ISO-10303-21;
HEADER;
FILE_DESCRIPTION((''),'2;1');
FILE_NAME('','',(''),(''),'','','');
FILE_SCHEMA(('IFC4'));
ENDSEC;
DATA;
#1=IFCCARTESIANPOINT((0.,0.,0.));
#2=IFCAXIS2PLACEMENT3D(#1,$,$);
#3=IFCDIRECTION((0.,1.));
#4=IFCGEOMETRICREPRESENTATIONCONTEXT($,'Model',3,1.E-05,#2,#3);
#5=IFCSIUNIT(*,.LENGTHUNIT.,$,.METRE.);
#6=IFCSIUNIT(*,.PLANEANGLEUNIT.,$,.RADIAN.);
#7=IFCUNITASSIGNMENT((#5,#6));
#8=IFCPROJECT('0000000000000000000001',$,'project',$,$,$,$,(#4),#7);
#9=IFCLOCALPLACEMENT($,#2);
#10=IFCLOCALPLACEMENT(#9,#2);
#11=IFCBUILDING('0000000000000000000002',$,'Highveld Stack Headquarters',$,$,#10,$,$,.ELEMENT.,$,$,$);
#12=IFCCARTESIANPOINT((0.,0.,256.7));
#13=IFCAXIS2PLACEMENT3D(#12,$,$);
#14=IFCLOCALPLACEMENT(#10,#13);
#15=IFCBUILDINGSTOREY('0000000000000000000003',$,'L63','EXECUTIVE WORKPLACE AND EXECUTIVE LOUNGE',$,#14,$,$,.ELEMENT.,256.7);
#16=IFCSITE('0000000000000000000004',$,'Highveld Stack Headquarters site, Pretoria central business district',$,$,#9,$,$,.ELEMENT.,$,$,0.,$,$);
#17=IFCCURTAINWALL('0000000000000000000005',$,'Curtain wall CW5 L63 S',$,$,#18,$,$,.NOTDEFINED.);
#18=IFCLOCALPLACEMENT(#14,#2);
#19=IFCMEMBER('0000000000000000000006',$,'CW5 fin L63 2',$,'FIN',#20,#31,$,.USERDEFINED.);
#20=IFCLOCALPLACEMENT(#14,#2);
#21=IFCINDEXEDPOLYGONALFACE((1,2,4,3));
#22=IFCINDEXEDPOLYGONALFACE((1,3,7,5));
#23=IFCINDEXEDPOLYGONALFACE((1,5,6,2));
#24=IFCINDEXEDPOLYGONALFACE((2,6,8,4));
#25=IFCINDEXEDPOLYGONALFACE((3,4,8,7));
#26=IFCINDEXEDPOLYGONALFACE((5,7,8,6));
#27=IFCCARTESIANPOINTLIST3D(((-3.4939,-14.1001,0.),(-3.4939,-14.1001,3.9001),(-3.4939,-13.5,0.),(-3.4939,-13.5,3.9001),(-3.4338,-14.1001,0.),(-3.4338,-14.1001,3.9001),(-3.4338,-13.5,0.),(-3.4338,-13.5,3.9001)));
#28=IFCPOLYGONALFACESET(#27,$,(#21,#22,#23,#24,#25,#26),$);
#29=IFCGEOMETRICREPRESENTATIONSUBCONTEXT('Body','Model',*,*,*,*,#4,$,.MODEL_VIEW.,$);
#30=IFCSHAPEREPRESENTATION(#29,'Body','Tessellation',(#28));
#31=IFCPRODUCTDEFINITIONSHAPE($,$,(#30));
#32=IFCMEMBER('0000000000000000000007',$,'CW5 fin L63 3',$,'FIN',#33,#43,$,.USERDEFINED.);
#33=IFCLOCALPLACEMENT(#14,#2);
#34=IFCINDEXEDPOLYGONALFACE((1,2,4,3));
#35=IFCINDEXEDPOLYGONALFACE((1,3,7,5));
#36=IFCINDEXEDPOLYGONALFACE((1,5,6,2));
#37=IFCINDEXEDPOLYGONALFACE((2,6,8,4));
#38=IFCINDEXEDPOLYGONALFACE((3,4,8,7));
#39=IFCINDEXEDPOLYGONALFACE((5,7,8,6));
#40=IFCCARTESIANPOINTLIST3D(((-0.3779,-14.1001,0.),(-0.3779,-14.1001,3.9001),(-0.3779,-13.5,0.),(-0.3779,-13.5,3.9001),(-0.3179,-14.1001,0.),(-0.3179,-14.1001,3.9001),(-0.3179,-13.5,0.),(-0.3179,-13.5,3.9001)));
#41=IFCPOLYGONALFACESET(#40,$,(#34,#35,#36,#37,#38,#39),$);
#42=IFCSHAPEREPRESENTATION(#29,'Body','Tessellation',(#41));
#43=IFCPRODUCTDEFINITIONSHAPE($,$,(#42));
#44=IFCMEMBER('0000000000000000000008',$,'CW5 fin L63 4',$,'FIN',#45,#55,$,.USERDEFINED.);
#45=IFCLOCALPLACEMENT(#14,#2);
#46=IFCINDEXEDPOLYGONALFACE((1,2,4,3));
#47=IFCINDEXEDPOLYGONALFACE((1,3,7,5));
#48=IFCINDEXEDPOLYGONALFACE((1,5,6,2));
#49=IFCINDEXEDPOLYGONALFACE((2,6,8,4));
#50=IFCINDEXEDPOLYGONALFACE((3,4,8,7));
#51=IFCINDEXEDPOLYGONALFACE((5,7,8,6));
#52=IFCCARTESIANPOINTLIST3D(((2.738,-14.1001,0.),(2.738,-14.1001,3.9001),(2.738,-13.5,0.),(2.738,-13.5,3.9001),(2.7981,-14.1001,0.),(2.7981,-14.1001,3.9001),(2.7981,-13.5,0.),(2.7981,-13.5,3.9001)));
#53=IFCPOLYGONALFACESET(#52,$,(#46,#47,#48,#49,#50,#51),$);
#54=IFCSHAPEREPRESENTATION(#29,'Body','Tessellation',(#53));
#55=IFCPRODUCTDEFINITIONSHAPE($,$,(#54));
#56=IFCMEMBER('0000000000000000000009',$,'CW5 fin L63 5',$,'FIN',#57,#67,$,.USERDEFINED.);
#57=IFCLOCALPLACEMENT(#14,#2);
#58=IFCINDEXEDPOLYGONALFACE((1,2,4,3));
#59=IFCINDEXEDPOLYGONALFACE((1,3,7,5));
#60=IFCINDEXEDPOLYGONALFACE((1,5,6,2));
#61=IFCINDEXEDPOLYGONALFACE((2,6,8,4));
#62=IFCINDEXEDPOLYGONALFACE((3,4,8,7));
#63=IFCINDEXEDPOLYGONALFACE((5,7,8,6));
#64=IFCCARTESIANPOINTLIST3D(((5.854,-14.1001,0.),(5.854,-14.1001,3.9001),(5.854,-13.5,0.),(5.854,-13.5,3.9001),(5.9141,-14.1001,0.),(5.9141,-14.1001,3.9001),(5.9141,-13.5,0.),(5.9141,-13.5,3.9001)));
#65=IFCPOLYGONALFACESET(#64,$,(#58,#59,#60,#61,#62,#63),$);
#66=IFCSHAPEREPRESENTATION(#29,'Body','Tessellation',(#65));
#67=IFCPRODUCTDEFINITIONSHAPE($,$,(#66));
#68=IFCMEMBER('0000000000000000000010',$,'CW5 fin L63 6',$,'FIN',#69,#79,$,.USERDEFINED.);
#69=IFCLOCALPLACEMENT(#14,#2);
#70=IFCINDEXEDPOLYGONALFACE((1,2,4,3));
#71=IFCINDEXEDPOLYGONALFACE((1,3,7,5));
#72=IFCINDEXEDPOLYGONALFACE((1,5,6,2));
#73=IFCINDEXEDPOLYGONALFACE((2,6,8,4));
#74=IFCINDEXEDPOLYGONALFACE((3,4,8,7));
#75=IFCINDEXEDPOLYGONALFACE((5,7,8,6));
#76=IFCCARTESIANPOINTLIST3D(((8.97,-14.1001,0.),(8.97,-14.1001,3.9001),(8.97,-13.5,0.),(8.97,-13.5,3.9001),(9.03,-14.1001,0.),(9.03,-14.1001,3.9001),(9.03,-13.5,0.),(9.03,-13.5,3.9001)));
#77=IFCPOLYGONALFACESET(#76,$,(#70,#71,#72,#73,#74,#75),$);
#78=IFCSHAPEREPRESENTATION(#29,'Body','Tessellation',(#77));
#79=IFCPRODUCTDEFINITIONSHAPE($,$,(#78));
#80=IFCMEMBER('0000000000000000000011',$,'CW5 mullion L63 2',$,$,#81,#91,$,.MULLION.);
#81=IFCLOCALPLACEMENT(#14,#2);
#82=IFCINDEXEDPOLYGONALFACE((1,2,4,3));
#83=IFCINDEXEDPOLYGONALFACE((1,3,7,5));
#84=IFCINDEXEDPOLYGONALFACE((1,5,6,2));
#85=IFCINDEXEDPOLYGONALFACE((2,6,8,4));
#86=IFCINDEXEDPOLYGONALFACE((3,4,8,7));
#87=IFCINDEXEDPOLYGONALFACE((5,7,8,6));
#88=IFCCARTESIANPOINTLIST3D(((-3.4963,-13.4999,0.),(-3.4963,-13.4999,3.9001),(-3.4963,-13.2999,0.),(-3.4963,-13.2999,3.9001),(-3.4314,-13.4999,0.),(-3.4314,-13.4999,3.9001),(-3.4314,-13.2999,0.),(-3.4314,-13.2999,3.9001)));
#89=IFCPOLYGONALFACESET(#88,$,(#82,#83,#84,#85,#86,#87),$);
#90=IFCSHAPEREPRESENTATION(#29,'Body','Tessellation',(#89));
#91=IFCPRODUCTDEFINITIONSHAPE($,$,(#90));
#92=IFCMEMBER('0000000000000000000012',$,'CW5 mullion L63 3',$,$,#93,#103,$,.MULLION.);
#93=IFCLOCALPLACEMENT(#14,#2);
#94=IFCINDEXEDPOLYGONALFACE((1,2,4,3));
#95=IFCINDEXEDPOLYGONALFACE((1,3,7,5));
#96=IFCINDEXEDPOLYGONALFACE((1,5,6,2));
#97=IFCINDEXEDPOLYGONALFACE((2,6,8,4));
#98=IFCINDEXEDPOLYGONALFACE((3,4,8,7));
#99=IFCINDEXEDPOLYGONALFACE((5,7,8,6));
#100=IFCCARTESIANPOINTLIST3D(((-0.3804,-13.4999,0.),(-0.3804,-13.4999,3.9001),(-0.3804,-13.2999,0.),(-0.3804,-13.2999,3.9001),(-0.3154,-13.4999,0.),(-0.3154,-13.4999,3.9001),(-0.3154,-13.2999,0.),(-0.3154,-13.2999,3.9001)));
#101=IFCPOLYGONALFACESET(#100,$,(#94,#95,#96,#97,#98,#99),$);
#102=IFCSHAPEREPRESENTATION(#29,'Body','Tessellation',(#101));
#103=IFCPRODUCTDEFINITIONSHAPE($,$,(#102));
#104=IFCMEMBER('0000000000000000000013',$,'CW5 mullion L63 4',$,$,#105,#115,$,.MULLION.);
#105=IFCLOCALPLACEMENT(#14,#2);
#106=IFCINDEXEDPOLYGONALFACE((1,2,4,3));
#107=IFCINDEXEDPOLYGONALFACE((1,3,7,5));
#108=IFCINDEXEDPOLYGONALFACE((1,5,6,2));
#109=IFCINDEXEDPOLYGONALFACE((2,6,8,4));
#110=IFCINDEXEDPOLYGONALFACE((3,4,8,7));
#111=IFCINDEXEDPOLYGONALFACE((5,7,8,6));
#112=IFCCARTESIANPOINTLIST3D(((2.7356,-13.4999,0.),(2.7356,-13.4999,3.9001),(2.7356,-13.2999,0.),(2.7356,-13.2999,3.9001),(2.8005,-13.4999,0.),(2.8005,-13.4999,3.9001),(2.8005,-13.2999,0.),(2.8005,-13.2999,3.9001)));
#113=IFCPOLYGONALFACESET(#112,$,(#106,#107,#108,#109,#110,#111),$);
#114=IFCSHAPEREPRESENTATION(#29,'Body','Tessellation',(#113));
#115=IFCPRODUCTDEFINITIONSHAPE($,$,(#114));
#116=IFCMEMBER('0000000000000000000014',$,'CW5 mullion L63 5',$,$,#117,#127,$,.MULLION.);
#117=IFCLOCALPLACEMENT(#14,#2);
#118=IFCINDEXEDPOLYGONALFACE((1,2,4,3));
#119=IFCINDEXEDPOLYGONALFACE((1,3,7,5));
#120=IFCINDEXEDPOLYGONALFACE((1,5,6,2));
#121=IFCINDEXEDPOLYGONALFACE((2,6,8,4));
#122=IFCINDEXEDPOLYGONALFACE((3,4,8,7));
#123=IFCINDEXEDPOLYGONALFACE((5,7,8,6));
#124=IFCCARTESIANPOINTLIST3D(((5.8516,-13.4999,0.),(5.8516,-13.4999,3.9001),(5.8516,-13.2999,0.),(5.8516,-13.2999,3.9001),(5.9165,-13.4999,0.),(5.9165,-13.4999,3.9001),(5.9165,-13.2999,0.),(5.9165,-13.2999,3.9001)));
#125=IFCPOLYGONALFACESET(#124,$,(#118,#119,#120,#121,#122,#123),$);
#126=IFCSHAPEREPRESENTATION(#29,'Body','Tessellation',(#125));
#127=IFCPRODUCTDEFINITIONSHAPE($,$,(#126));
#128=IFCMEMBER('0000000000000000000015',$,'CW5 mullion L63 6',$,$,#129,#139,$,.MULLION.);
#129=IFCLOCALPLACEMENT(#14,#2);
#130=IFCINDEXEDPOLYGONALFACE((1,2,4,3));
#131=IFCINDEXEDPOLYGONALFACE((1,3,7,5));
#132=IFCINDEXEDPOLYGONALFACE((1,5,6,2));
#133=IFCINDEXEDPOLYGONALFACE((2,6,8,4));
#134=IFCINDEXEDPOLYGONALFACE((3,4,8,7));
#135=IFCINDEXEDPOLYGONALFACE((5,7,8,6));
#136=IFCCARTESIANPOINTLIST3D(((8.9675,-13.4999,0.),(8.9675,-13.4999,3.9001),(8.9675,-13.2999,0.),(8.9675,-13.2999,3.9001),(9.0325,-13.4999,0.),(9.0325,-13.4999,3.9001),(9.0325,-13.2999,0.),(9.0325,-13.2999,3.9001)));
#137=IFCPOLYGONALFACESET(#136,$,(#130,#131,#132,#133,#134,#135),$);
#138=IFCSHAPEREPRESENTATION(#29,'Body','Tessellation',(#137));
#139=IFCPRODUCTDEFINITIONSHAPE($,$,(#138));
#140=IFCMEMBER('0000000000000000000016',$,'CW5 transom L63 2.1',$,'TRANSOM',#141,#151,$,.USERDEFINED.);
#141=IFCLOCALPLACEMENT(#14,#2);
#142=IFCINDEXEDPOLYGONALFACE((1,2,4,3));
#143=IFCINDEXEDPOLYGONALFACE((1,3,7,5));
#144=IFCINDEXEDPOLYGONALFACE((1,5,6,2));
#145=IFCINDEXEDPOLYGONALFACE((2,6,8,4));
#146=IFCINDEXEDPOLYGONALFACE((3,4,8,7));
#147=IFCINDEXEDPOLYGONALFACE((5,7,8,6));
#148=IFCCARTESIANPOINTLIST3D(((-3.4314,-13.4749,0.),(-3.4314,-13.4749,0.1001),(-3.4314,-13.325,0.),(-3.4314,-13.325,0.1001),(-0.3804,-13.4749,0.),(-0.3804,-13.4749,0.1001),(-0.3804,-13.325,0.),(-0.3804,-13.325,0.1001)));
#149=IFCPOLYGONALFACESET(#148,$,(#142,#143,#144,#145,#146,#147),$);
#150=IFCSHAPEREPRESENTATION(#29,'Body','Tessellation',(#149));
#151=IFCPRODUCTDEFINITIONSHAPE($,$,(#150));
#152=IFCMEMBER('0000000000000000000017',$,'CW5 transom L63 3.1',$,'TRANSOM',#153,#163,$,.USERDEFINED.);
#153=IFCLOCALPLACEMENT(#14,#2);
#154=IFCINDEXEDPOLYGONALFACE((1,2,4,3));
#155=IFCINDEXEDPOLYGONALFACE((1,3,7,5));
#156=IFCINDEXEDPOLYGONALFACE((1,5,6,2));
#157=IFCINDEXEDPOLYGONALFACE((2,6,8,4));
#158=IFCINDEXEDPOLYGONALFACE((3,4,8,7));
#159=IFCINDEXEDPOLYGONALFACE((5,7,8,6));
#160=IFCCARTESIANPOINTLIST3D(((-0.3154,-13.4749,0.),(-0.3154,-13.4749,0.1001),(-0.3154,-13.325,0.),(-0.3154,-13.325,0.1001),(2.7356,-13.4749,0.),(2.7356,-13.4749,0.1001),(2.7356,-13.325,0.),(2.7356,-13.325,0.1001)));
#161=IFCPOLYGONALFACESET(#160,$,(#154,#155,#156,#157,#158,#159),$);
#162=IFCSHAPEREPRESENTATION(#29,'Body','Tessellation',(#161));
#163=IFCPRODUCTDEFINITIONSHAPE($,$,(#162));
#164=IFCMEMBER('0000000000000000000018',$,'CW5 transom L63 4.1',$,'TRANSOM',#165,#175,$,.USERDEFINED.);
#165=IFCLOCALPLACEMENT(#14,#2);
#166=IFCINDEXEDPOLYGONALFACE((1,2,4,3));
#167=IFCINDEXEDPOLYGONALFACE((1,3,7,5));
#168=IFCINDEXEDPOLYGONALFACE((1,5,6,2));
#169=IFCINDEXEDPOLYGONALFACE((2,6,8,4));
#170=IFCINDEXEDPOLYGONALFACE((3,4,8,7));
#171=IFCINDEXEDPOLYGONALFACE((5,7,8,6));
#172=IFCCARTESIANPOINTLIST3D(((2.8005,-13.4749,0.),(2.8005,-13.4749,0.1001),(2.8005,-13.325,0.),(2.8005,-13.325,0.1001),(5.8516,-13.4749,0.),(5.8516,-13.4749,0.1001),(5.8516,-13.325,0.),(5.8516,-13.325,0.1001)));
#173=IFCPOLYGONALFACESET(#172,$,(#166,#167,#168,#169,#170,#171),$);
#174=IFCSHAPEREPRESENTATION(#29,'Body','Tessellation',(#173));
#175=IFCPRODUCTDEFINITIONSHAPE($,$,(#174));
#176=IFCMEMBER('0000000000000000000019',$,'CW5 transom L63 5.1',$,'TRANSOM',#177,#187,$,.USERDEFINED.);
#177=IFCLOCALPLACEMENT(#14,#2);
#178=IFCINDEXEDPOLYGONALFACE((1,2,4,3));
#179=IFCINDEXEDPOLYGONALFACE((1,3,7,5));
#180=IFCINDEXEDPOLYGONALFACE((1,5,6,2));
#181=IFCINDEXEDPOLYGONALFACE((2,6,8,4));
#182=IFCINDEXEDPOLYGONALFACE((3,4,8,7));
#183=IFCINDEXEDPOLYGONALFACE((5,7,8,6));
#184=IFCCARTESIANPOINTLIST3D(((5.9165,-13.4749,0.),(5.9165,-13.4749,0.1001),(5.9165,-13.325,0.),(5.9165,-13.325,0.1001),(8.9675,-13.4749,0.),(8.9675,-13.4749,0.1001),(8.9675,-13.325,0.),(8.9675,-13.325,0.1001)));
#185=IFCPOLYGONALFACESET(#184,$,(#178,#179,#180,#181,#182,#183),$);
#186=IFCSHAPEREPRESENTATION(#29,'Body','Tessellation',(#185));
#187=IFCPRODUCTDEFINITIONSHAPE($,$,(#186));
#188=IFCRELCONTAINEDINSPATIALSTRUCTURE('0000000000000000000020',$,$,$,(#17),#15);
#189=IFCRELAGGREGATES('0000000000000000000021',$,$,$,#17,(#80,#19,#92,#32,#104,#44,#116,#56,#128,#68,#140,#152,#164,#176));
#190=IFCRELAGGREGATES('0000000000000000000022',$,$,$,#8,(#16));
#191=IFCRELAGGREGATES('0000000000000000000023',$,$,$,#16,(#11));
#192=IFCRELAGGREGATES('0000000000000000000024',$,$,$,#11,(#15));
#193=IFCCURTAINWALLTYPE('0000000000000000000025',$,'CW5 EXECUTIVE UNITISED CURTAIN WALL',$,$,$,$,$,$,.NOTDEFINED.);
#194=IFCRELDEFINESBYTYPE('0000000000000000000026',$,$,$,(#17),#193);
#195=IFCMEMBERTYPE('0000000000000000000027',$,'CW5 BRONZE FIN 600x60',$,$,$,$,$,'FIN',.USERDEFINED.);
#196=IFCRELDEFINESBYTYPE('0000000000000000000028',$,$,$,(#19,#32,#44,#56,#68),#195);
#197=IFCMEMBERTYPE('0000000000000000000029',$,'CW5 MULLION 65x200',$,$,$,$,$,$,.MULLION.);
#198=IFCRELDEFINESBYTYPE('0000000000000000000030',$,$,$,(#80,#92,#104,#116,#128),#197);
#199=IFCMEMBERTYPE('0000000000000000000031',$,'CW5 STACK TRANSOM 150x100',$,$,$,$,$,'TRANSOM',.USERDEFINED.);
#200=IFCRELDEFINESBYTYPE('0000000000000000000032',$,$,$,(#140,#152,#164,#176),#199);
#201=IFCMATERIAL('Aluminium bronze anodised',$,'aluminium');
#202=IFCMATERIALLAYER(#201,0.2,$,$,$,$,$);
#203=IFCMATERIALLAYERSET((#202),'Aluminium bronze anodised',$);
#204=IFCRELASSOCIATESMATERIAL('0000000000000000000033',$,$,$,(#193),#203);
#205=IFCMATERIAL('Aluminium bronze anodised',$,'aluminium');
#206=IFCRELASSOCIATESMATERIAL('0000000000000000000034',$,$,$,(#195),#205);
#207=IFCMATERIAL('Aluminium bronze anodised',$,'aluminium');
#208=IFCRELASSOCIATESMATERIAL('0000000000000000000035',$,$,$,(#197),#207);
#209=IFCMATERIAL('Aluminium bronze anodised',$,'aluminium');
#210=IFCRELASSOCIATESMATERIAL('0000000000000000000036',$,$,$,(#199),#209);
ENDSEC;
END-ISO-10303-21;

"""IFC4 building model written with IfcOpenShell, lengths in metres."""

from ifc_helpers import new_model, si_unit, direction, frame, origin, origin_2d, place, context, subcontext, project, spatial, rectangle, extrude, material, layer, layer_set, material_profile, profile_set, type_object, element, aggregate, save


model = new_model("IFC4")

# Units and contexts
model_context = context("Model", 3, precision=1e-05, world=origin(), true_north=direction((0.0, 1.0)))
body_context = subcontext(model_context, "Body", "Model", "MODEL_VIEW")
ifc_project = project(units=[si_unit("LENGTHUNIT", "METRE"), si_unit("PLANEANGLEUNIT", "RADIAN")], contexts=[model_context])

# Site, building, storey
site_placement = place(None, origin())
site = spatial("IfcSite", under=ifc_project, at=site_placement, Name="Highveld Stack Headquarters site, Pretoria central business district", CompositionType="ELEMENT", RefElevation=0.0)
building_placement = place(site_placement, origin())
building = spatial("IfcBuilding", under=site, at=building_placement, Name="Highveld Stack Headquarters", CompositionType="ELEMENT")
storey_placement = place(building_placement, frame((0.0, 0.0, 256.7)))
storey = spatial("IfcBuildingStorey", under=building, at=storey_placement, Name="L63", Description="EXECUTIVE WORKPLACE AND EXECUTIVE LOUNGE", CompositionType="ELEMENT", Elevation=256.7)

# Curtain wall, members
ifc_material_1 = material(Name="Aluminium bronze anodised", Category="aluminium")
ifc_layer_1 = layer(ifc_material_1, 0.2)
ifc_layer_set_1 = layer_set([ifc_layer_1], Name="Aluminium bronze anodised")
curtain_wall_type = type_object("IfcCurtainWallType", Name="CW5 EXECUTIVE UNITISED CURTAIN WALL", PredefinedType="NOTDEFINED", material=ifc_layer_set_1)
curtain_wall_placement = place(storey_placement, origin())
curtain_wall = element("IfcCurtainWall", 1, at=curtain_wall_placement, inside=storey, type_object=curtain_wall_type, Name="Curtain wall CW5 L63 S", PredefinedType="NOTDEFINED")
ifc_material_2 = material(Name="Aluminium bronze anodised", Category="aluminium")
ifc_material_profile_1 = material_profile(ifc_material_2, rectangle(XDim=0.6001, YDim=0.0601, at=origin_2d()), Name="FIN 600x60")
ifc_profile_set_1 = profile_set([ifc_material_profile_1], Name="Aluminium bronze anodised")
member_type_1 = type_object("IfcMemberType", Name="CW5 BRONZE FIN 600x60", ElementType="FIN", PredefinedType="USERDEFINED", material=ifc_profile_set_1)
member_1_placement = place(storey_placement, frame((-3.4639, -13.8, 0.0), z_axis=(0.0, 0.0, 1.0), x_axis=(0.0, 1.0, 0.0)))
member_1 = element("IfcMember", 2, at=member_1_placement, type_object=member_type_1, Name="CW5 fin L63 2", ObjectType="FIN", PredefinedType="USERDEFINED", context=body_context, shape_type="SweptSolid", body=[
    extrude(rectangle(XDim=0.6001, YDim=0.0601, at=origin_2d()), origin(), (0.0, 0.0, 1.0), 3.9001),
])
member_2_placement = place(storey_placement, frame((-0.3479, -13.8, 0.0), z_axis=(0.0, 0.0, 1.0), x_axis=(0.0, 1.0, 0.0)))
member_2 = element("IfcMember", 3, at=member_2_placement, type_object=member_type_1, Name="CW5 fin L63 3", ObjectType="FIN", PredefinedType="USERDEFINED", context=body_context, shape_type="SweptSolid", body=[
    extrude(rectangle(XDim=0.6001, YDim=0.0601, at=origin_2d()), origin(), (0.0, 0.0, 1.0), 3.9001),
])
member_3_placement = place(storey_placement, frame((2.7681, -13.8, 0.0), z_axis=(0.0, 0.0, 1.0), x_axis=(0.0, 1.0, 0.0)))
member_3 = element("IfcMember", 4, at=member_3_placement, type_object=member_type_1, Name="CW5 fin L63 4", ObjectType="FIN", PredefinedType="USERDEFINED", context=body_context, shape_type="SweptSolid", body=[
    extrude(rectangle(XDim=0.6001, YDim=0.0601, at=origin_2d()), origin(), (0.0, 0.0, 1.0), 3.9001),
])
member_4_placement = place(storey_placement, frame((5.884, -13.8, 0.0), z_axis=(0.0, 0.0, 1.0), x_axis=(0.0, 1.0, 0.0)))
member_4 = element("IfcMember", 5, at=member_4_placement, type_object=member_type_1, Name="CW5 fin L63 5", ObjectType="FIN", PredefinedType="USERDEFINED", context=body_context, shape_type="SweptSolid", body=[
    extrude(rectangle(XDim=0.6001, YDim=0.0601, at=origin_2d()), origin(), (0.0, 0.0, 1.0), 3.9001),
])
member_5_placement = place(storey_placement, frame((9.0, -13.8, 0.0), z_axis=(0.0, 0.0, 1.0), x_axis=(0.0, 1.0, 0.0)))
member_5 = element("IfcMember", 6, at=member_5_placement, type_object=member_type_1, Name="CW5 fin L63 6", ObjectType="FIN", PredefinedType="USERDEFINED", context=body_context, shape_type="SweptSolid", body=[
    extrude(rectangle(XDim=0.6001, YDim=0.0601, at=origin_2d()), origin(), (0.0, 0.0, 1.0), 3.9001),
])
ifc_material_3 = material(Name="Aluminium bronze anodised", Category="aluminium")
ifc_material_profile_2 = material_profile(ifc_material_3, rectangle(XDim=0.2, YDim=0.0649, at=origin_2d()), Name="CW5 MULLION 65x200")
ifc_profile_set_2 = profile_set([ifc_material_profile_2], Name="Aluminium bronze anodised")
member_type_2 = type_object("IfcMemberType", Name="CW5 MULLION 65x200", PredefinedType="MULLION", material=ifc_profile_set_2)
member_6_placement = place(storey_placement, frame((-3.4639, -13.3999, 0.0), z_axis=(0.0, 0.0, 1.0), x_axis=(0.0, 1.0, 0.0)))
member_6 = element("IfcMember", 7, at=member_6_placement, type_object=member_type_2, Name="CW5 mullion L63 2", PredefinedType="MULLION", context=body_context, shape_type="SweptSolid", body=[
    extrude(rectangle(XDim=0.2, YDim=0.0649, at=origin_2d()), origin(), (0.0, 0.0, 1.0), 3.9001),
])
member_7_placement = place(storey_placement, frame((-0.3479, -13.3999, 0.0), z_axis=(0.0, 0.0, 1.0), x_axis=(0.0, 1.0, 0.0)))
member_7 = element("IfcMember", 8, at=member_7_placement, type_object=member_type_2, Name="CW5 mullion L63 3", PredefinedType="MULLION", context=body_context, shape_type="SweptSolid", body=[
    extrude(rectangle(XDim=0.2, YDim=0.0649, at=origin_2d()), origin(), (0.0, 0.0, 1.0), 3.9001),
])
member_8_placement = place(storey_placement, frame((2.7681, -13.3999, 0.0), z_axis=(0.0, 0.0, 1.0), x_axis=(0.0, 1.0, 0.0)))
member_8 = element("IfcMember", 9, at=member_8_placement, type_object=member_type_2, Name="CW5 mullion L63 4", PredefinedType="MULLION", context=body_context, shape_type="SweptSolid", body=[
    extrude(rectangle(XDim=0.2, YDim=0.0649, at=origin_2d()), origin(), (0.0, 0.0, 1.0), 3.9001),
])
member_9_placement = place(storey_placement, frame((5.884, -13.3999, 0.0), z_axis=(0.0, 0.0, 1.0), x_axis=(0.0, 1.0, 0.0)))
member_9 = element("IfcMember", 10, at=member_9_placement, type_object=member_type_2, Name="CW5 mullion L63 5", PredefinedType="MULLION", context=body_context, shape_type="SweptSolid", body=[
    extrude(rectangle(XDim=0.2, YDim=0.0649, at=origin_2d()), origin(), (0.0, 0.0, 1.0), 3.9001),
])
member_10_placement = place(storey_placement, frame((9.0, -13.3999, 0.0), z_axis=(0.0, 0.0, 1.0), x_axis=(0.0, 1.0, 0.0)))
member_10 = element("IfcMember", 11, at=member_10_placement, type_object=member_type_2, Name="CW5 mullion L63 6", PredefinedType="MULLION", context=body_context, shape_type="SweptSolid", body=[
    extrude(rectangle(XDim=0.2, YDim=0.0649, at=origin_2d()), origin(), (0.0, 0.0, 1.0), 3.9001),
])
ifc_material_4 = material(Name="Aluminium bronze anodised", Category="aluminium")
ifc_material_profile_3 = material_profile(ifc_material_4, rectangle(XDim=0.1499, YDim=0.1001, at=origin_2d()), Name="CW5 TRANSOM 150x100")
ifc_profile_set_3 = profile_set([ifc_material_profile_3], Name="Aluminium bronze anodised")
member_type_3 = type_object("IfcMemberType", Name="CW5 STACK TRANSOM 150x100", ElementType="TRANSOM", PredefinedType="USERDEFINED", material=ifc_profile_set_3)
member_11_placement = place(storey_placement, frame((-3.4314, -13.3999, 0.05), z_axis=(1.0, 0.0, 0.0), x_axis=(0.0, 1.0, 0.0)))
member_11 = element("IfcMember", 12, at=member_11_placement, type_object=member_type_3, Name="CW5 transom L63 2.1", ObjectType="TRANSOM", PredefinedType="USERDEFINED", context=body_context, shape_type="SweptSolid", body=[
    extrude(rectangle(XDim=0.1499, YDim=0.1001, at=origin_2d()), origin(), (0.0, 0.0, 1.0), 3.051),
])
member_12_placement = place(storey_placement, frame((-0.3154, -13.3999, 0.05), z_axis=(1.0, 0.0, 0.0), x_axis=(0.0, 1.0, 0.0)))
member_12 = element("IfcMember", 13, at=member_12_placement, type_object=member_type_3, Name="CW5 transom L63 3.1", ObjectType="TRANSOM", PredefinedType="USERDEFINED", context=body_context, shape_type="SweptSolid", body=[
    extrude(rectangle(XDim=0.1499, YDim=0.1001, at=origin_2d()), origin(), (0.0, 0.0, 1.0), 3.051),
])
member_13_placement = place(storey_placement, frame((2.8005, -13.3999, 0.05), z_axis=(1.0, 0.0, 0.0), x_axis=(0.0, 1.0, 0.0)))
member_13 = element("IfcMember", 14, at=member_13_placement, type_object=member_type_3, Name="CW5 transom L63 4.1", ObjectType="TRANSOM", PredefinedType="USERDEFINED", context=body_context, shape_type="SweptSolid", body=[
    extrude(rectangle(XDim=0.1499, YDim=0.1001, at=origin_2d()), origin(), (0.0, 0.0, 1.0), 3.051),
])
member_14_placement = place(storey_placement, frame((5.9165, -13.3999, 0.05), z_axis=(1.0, 0.0, 0.0), x_axis=(0.0, 1.0, 0.0)))
member_14 = element("IfcMember", 15, at=member_14_placement, type_object=member_type_3, Name="CW5 transom L63 5.1", ObjectType="TRANSOM", PredefinedType="USERDEFINED", context=body_context, shape_type="SweptSolid", body=[
    extrude(rectangle(XDim=0.1499, YDim=0.1001, at=origin_2d()), origin(), (0.0, 0.0, 1.0), 3.051),
])
aggregate(curtain_wall, [member_6, member_1, member_7, member_2, member_8, member_3, member_9, member_4, member_10, member_5, member_11, member_12, member_13, member_14])

save(model, "model.ifc")
